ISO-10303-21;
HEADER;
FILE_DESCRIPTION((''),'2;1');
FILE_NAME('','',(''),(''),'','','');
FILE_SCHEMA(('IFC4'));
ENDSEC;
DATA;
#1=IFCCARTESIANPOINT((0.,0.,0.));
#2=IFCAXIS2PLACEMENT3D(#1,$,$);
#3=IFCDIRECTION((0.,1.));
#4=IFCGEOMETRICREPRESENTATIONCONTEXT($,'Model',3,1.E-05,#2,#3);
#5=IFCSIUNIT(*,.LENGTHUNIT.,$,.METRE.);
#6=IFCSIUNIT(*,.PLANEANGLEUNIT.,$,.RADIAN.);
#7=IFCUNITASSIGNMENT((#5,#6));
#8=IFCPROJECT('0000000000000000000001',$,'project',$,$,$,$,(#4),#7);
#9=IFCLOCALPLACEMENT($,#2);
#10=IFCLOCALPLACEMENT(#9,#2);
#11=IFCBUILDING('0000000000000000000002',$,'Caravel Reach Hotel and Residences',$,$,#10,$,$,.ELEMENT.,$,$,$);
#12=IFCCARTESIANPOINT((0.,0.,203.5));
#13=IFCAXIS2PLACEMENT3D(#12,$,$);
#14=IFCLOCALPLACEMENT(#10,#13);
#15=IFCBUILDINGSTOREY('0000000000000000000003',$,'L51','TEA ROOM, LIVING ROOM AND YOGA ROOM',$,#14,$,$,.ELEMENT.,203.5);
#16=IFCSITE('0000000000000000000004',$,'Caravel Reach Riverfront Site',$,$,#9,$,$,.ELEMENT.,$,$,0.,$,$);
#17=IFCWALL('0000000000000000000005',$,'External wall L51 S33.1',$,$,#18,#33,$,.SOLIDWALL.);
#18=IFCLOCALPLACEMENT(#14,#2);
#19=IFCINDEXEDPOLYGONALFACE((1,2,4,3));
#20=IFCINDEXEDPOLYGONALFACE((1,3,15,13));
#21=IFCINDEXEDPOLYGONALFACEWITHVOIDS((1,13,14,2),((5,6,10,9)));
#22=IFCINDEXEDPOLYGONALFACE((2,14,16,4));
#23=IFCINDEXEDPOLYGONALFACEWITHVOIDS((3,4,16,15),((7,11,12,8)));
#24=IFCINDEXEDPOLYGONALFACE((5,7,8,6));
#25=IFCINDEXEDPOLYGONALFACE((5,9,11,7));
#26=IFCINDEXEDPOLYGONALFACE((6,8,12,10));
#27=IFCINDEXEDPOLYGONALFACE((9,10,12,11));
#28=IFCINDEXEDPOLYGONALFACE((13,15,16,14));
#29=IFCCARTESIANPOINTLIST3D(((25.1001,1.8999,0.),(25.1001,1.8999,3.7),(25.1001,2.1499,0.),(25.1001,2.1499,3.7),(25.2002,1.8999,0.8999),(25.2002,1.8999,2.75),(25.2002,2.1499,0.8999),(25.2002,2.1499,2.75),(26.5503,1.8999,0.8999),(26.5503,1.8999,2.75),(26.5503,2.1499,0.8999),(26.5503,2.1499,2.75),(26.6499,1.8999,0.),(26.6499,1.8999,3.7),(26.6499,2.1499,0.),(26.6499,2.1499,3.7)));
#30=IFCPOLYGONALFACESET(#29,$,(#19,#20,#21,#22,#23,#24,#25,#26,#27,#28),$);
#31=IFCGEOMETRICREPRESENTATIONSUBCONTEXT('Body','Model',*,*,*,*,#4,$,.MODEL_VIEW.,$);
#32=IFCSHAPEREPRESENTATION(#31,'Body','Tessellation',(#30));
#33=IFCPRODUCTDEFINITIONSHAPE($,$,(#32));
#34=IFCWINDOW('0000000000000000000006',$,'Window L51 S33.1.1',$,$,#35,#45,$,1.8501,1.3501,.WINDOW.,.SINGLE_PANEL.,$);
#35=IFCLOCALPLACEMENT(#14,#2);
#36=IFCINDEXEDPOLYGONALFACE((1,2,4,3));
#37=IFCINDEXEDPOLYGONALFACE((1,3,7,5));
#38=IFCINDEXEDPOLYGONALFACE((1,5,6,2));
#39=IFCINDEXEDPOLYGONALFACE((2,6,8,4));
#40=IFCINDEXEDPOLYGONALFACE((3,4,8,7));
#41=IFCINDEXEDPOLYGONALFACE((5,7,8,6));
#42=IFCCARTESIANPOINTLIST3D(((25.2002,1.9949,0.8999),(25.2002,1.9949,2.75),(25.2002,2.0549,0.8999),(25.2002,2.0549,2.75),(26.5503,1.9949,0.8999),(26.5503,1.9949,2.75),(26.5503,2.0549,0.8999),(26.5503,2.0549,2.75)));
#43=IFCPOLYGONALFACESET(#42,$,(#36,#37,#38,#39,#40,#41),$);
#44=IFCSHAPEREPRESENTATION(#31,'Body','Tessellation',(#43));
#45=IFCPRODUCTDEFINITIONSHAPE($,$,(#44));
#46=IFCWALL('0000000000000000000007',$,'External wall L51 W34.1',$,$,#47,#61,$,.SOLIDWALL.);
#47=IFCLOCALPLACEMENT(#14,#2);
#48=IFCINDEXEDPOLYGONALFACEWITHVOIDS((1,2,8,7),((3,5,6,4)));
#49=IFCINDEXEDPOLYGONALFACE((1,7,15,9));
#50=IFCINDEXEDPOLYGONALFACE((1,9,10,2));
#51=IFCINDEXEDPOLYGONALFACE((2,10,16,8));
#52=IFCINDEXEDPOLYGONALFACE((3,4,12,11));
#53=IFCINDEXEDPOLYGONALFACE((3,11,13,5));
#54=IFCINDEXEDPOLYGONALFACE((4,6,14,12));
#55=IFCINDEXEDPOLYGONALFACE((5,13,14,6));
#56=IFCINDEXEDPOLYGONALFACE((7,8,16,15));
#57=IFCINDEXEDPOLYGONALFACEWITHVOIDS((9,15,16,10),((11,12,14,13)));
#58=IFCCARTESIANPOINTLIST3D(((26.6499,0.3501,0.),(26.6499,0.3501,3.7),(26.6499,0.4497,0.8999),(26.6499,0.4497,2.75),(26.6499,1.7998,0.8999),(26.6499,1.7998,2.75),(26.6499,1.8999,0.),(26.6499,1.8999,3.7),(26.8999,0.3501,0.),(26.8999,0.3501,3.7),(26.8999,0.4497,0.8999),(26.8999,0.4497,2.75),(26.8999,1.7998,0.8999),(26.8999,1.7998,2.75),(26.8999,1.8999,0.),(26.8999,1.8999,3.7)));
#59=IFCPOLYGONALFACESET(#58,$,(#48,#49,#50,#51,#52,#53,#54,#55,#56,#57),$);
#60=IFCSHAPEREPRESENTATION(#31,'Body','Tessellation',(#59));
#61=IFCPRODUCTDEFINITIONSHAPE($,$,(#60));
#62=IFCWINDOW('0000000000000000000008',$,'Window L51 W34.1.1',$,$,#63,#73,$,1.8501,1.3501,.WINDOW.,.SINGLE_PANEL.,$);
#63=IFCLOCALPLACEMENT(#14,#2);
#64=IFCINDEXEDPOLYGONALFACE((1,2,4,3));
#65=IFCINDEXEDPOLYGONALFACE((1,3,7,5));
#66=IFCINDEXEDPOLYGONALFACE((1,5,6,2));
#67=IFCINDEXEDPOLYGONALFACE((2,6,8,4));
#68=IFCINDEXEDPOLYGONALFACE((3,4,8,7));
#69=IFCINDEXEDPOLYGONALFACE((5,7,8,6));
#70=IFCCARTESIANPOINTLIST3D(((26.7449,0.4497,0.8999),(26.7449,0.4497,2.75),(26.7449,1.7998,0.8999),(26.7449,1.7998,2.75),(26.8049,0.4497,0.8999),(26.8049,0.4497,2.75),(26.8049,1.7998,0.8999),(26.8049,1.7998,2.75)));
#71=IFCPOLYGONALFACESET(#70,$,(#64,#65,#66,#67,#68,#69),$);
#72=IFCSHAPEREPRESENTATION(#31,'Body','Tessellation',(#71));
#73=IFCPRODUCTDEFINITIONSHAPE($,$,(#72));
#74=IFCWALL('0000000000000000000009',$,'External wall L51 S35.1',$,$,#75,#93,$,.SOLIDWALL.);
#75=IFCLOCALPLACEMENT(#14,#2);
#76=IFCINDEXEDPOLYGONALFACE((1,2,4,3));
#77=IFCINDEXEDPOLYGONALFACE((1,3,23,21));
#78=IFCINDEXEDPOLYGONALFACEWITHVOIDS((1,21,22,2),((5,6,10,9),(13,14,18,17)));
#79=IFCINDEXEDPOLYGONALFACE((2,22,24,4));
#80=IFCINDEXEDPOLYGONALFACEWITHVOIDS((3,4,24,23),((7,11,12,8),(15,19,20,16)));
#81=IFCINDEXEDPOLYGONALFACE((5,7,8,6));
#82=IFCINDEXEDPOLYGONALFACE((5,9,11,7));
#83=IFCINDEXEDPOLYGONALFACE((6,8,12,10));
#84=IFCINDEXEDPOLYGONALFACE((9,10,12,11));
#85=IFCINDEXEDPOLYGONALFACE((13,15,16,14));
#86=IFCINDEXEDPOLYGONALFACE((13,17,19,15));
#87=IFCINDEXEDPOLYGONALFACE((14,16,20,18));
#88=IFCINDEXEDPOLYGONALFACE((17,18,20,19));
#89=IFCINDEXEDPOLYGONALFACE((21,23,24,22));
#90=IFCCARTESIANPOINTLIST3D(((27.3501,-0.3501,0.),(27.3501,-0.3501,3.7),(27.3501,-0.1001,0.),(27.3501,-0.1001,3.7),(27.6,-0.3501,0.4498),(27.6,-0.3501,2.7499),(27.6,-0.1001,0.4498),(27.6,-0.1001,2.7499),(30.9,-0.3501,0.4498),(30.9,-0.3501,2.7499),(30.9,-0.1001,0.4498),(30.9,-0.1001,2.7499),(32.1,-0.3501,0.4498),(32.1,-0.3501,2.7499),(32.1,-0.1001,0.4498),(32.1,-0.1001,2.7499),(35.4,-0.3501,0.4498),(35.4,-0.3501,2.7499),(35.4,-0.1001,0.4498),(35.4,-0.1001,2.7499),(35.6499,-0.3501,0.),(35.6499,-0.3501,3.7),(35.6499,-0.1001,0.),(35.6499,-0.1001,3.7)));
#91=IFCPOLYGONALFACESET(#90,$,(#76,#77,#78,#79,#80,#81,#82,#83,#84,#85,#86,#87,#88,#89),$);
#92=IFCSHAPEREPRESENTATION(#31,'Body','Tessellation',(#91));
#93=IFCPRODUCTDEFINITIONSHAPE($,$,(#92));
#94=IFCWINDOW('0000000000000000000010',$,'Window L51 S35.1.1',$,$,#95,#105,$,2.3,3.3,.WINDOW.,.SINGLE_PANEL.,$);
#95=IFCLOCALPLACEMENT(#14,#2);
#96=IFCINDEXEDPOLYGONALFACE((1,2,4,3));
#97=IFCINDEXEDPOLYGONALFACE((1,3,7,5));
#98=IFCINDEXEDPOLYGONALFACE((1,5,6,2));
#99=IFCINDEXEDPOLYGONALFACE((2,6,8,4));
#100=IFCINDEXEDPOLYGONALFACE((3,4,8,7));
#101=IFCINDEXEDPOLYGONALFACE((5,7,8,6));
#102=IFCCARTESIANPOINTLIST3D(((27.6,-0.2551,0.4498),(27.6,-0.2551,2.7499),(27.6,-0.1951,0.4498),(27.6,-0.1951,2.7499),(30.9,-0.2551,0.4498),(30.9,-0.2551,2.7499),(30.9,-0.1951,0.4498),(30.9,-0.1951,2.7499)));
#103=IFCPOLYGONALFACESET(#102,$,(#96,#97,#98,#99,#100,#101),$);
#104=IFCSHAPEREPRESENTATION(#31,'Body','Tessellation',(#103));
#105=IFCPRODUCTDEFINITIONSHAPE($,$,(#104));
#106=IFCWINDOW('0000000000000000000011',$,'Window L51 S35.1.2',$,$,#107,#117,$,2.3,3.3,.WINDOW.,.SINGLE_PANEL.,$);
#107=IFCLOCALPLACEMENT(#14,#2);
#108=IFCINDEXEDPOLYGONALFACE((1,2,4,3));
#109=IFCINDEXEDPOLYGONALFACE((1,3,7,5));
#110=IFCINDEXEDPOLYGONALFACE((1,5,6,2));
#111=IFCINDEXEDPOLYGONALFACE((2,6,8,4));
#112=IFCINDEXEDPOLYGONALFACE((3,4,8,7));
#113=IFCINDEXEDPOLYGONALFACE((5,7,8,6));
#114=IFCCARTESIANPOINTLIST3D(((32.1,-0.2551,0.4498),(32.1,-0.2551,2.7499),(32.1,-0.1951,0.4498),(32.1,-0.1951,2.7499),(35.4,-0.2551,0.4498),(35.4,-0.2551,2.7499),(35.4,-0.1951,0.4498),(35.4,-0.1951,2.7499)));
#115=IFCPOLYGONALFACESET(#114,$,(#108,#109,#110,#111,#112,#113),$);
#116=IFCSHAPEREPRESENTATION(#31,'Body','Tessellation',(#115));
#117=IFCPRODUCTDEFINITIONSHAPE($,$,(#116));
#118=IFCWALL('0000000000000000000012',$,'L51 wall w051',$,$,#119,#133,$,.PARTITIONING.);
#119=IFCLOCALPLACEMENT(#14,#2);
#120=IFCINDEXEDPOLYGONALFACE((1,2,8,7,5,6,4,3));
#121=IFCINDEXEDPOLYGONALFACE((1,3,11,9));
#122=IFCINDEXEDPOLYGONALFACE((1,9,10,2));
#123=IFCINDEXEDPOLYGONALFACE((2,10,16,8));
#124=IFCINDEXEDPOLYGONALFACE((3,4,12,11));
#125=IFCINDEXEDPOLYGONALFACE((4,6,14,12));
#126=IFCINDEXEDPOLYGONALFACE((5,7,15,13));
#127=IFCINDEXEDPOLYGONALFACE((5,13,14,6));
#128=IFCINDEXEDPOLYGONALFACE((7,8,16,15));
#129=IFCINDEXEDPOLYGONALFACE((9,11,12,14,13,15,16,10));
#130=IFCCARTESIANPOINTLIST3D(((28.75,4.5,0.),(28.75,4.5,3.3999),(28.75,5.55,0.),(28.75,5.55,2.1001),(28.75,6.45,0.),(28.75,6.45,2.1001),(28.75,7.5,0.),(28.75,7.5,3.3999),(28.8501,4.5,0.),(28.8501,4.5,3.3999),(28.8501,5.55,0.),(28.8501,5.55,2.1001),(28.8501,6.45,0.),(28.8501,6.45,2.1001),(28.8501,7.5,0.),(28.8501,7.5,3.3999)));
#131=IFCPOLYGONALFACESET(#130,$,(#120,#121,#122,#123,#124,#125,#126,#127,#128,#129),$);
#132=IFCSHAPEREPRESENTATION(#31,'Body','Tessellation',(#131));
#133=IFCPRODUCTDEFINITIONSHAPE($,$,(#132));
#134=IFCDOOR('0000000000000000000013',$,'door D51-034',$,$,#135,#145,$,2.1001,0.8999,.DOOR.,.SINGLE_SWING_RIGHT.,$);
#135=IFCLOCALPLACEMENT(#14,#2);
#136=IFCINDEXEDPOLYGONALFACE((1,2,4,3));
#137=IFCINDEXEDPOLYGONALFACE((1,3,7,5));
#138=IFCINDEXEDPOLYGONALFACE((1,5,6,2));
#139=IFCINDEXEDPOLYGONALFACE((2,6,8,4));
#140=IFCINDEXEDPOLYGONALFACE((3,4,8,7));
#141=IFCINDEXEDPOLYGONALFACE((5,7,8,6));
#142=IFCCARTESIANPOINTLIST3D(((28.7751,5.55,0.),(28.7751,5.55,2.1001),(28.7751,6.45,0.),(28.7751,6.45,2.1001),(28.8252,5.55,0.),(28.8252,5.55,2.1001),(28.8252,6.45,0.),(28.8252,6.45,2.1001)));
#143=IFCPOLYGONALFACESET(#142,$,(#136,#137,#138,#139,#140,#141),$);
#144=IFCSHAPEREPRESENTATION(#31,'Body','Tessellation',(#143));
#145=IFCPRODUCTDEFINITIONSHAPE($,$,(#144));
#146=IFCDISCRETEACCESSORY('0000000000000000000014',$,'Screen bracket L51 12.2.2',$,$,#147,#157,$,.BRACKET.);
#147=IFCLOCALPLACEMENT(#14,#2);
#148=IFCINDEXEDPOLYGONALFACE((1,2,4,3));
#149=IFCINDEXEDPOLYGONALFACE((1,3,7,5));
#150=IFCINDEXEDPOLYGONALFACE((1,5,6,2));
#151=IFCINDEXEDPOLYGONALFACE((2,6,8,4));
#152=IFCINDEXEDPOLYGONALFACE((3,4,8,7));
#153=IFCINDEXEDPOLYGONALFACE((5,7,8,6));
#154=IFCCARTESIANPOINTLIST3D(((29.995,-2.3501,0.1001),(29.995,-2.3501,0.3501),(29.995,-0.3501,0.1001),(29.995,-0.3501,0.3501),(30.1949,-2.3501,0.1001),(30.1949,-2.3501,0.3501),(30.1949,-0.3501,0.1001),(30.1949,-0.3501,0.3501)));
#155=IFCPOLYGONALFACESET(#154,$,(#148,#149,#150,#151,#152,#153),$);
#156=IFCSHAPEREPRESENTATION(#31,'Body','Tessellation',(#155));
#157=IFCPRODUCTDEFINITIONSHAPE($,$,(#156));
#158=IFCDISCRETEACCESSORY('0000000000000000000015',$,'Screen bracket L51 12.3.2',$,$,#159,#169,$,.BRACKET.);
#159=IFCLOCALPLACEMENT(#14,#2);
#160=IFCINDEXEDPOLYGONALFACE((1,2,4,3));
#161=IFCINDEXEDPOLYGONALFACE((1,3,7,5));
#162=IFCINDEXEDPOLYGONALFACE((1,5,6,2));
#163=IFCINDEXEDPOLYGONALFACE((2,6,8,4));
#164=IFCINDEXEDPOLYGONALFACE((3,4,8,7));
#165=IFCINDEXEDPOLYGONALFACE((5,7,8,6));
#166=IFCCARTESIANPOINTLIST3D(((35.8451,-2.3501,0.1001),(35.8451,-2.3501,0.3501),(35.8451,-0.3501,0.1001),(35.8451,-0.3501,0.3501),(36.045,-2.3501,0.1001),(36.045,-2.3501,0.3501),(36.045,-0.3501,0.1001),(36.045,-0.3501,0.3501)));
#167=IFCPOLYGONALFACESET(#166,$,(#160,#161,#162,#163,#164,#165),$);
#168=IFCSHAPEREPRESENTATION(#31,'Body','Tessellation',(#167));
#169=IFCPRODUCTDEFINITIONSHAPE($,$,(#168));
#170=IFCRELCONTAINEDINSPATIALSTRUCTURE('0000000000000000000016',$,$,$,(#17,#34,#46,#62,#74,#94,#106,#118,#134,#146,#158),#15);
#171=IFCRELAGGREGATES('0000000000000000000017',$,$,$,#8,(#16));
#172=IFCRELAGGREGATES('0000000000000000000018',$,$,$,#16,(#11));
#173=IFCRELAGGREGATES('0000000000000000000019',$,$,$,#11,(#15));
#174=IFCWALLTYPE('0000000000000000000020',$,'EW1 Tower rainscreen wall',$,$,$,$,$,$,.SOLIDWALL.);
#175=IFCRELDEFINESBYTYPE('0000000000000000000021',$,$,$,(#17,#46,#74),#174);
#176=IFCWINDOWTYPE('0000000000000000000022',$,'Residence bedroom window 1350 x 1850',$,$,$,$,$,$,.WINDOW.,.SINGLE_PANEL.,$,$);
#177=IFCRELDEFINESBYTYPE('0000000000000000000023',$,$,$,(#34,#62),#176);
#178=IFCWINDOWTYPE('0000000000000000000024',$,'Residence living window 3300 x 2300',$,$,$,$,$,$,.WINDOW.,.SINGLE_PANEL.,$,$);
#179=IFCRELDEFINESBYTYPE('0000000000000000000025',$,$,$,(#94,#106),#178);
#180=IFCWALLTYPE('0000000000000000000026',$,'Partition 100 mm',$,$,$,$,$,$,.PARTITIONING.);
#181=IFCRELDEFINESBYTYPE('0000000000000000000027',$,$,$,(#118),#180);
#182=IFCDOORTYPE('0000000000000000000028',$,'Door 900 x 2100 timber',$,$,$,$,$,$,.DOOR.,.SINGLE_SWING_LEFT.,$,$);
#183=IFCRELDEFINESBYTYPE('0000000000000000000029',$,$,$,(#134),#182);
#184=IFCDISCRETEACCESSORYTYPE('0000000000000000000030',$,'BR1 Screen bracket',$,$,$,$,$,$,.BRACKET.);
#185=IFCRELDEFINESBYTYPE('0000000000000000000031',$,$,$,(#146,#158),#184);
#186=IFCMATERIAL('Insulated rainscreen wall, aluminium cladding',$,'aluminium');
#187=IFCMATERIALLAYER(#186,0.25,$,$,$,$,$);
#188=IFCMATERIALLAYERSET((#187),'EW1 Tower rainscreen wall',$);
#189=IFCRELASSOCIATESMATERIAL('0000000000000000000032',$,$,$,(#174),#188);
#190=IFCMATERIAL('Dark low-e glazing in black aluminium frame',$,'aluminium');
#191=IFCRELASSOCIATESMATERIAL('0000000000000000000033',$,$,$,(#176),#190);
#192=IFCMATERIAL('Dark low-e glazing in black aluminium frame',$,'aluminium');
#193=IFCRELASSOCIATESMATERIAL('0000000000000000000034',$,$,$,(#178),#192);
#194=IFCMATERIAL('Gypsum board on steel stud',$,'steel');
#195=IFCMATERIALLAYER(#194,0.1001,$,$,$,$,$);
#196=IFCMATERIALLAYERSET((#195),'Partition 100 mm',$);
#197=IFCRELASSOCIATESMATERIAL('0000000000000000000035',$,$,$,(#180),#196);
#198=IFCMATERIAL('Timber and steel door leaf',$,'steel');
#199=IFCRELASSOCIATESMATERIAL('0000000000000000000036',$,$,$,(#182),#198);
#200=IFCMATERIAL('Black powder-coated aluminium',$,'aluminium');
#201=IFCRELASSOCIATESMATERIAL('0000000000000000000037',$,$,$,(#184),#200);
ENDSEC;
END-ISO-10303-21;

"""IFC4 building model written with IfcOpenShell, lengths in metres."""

from ifc_helpers import new_model, si_unit, direction, frame, frame_2d, origin, origin_2d, place, context, subcontext, project, spatial, rectangle, extrude, material, layer, layer_set, type_object, element, fill, save


model = new_model("IFC4")

# Units and contexts
model_context = context("Model", 3, precision=1e-05, world=origin(), true_north=direction((0.0, 1.0)))
body_context = subcontext(model_context, "Body", "Model", "MODEL_VIEW")
ifc_project = project(units=[si_unit("LENGTHUNIT", "METRE"), si_unit("PLANEANGLEUNIT", "RADIAN")], contexts=[model_context])

# Site, building, storey
site_placement = place(None, origin())
site = spatial("IfcSite", under=ifc_project, at=site_placement, Name="Caravel Reach Riverfront Site", CompositionType="ELEMENT", RefElevation=0.0)
building_placement = place(site_placement, origin())
building = spatial("IfcBuilding", under=site, at=building_placement, Name="Caravel Reach Hotel and Residences", CompositionType="ELEMENT")
storey_placement = place(building_placement, frame((0.0, 0.0, 203.5)))
storey = spatial("IfcBuildingStorey", under=building, at=storey_placement, Name="L51", Description="TEA ROOM, LIVING ROOM AND YOGA ROOM", CompositionType="ELEMENT", Elevation=203.5)

# Walls, openings, windows
ifc_material_1 = material(Name="Insulated rainscreen wall, aluminium cladding", Category="aluminium")
ifc_layer_1 = layer(ifc_material_1, 0.25)
ifc_layer_set_1 = layer_set([ifc_layer_1], Name="EW1 Tower rainscreen wall")
wall_type_1 = type_object("IfcWallType", Name="EW1 Tower rainscreen wall", PredefinedType="SOLIDWALL", material=ifc_layer_set_1)
wall_1_placement = place(storey_placement, frame((25.1001, 2.0249, 0.0), z_axis=(0.0, 0.0, 1.0), x_axis=(1.0, 0.0, 0.0)))
wall_1 = element("IfcWall", 1, at=wall_1_placement, inside=storey, type_object=wall_type_1, Name="External wall L51 S33.1", PredefinedType="SOLIDWALL", context=body_context, shape_type="SweptSolid", body=[
    extrude(rectangle(XDim=1.5498, YDim=0.25, at=frame_2d((0.7749, 0.0))), origin(), (0.0, 0.0, 1.0), 3.7),
])
opening_1_placement = place(wall_1_placement, frame((0.1001, 0.0, 0.8999)))
opening_1 = element("IfcOpeningElement", 2, at=opening_1_placement, cuts=wall_1, PredefinedType="OPENING", context=body_context, shape_type="SweptSolid", body=[
    extrude(rectangle(XDim=1.3501, YDim=1.8501, at=frame_2d((0.675, 0.925))), frame((0.0, 0.135, 0.0), z_axis=(0.0, -1.0, 0.0), x_axis=(1.0, 0.0, 0.0)), (0.0, 0.0, 1.0), 0.27),
])
ifc_material_2 = material(Name="Dark low-e glazing in black aluminium frame", Category="aluminium")
window_type_1 = type_object("IfcWindowType", Name="Residence bedroom window 1350 x 1850", PartitioningType="SINGLE_PANEL", PredefinedType="WINDOW", material=ifc_material_2)
window_1_placement = place(opening_1_placement, origin())
window_1 = element("IfcWindow", 3, at=window_1_placement, inside=storey, type_object=window_type_1, Name="Window L51 S33.1.1", OverallHeight=1.8501, OverallWidth=1.3501, PartitioningType="SINGLE_PANEL", PredefinedType="WINDOW", context=body_context, shape_type="SweptSolid", body=[
    extrude(rectangle(XDim=1.3501, YDim=1.8501, at=frame_2d((0.675, 0.925))), frame((0.0, 0.03, 0.0), z_axis=(0.0, -1.0, 0.0), x_axis=(1.0, 0.0, 0.0)), (0.0, 0.0, 1.0), 0.0601),
])
fill(opening_1, window_1)
wall_2_placement = place(storey_placement, frame((26.7749, 1.8999, 0.0), z_axis=(0.0, 0.0, 1.0), x_axis=(0.0, -1.0, 0.0)))
wall_2 = element("IfcWall", 4, at=wall_2_placement, inside=storey, type_object=wall_type_1, Name="External wall L51 W34.1", PredefinedType="SOLIDWALL", context=body_context, shape_type="SweptSolid", body=[
    extrude(rectangle(XDim=1.5498, YDim=0.25, at=frame_2d((0.7749, 0.0))), origin(), (0.0, 0.0, 1.0), 3.7),
])
opening_2_placement = place(wall_2_placement, frame((0.1001, 0.0, 0.8999)))
opening_2 = element("IfcOpeningElement", 5, at=opening_2_placement, cuts=wall_2, PredefinedType="OPENING", context=body_context, shape_type="SweptSolid", body=[
    extrude(rectangle(XDim=1.3501, YDim=1.8501, at=frame_2d((0.675, 0.925))), frame((0.0, 0.135, 0.0), z_axis=(0.0, -1.0, 0.0), x_axis=(1.0, 0.0, 0.0)), (0.0, 0.0, 1.0), 0.27),
])
window_2_placement = place(opening_2_placement, origin())
window_2 = element("IfcWindow", 6, at=window_2_placement, inside=storey, type_object=window_type_1, Name="Window L51 W34.1.1", OverallHeight=1.8501, OverallWidth=1.3501, PartitioningType="SINGLE_PANEL", PredefinedType="WINDOW", context=body_context, shape_type="SweptSolid", body=[
    extrude(rectangle(XDim=1.3501, YDim=1.8501, at=frame_2d((0.675, 0.925))), frame((0.0, 0.03, 0.0), z_axis=(0.0, -1.0, 0.0), x_axis=(1.0, 0.0, 0.0)), (0.0, 0.0, 1.0), 0.0601),
])
fill(opening_2, window_2)

# Wall, openings, windows
wall_3_placement = place(storey_placement, frame((27.3501, -0.2251, 0.0), z_axis=(0.0, 0.0, 1.0), x_axis=(1.0, 0.0, 0.0)))
wall_3 = element("IfcWall", 7, at=wall_3_placement, inside=storey, type_object=wall_type_1, Name="External wall L51 S35.1", PredefinedType="SOLIDWALL", context=body_context, shape_type="SweptSolid", body=[
    extrude(rectangle(XDim=8.2998, YDim=0.25, at=frame_2d((4.1499, 0.0))), origin(), (0.0, 0.0, 1.0), 3.7),
])
opening_3_placement = place(wall_3_placement, frame((0.25, 0.0, 0.45)))
opening_3 = element("IfcOpeningElement", 8, at=opening_3_placement, cuts=wall_3, PredefinedType="OPENING", context=body_context, shape_type="SweptSolid", body=[
    extrude(rectangle(XDim=3.3, YDim=2.3, at=frame_2d((1.6499, 1.1499))), frame((0.0, 0.135, 0.0), z_axis=(0.0, -1.0, 0.0), x_axis=(1.0, 0.0, 0.0)), (0.0, 0.0, 1.0), 0.27),
])
opening_4_placement = place(wall_3_placement, frame((4.75, 0.0, 0.45)))
opening_4 = element("IfcOpeningElement", 9, at=opening_4_placement, cuts=wall_3, PredefinedType="OPENING", context=body_context, shape_type="SweptSolid", body=[
    extrude(rectangle(XDim=3.3, YDim=2.3, at=frame_2d((1.6499, 1.1499))), frame((0.0, 0.135, 0.0), z_axis=(0.0, -1.0, 0.0), x_axis=(1.0, 0.0, 0.0)), (0.0, 0.0, 1.0), 0.27),
])
ifc_material_3 = material(Name="Dark low-e glazing in black aluminium frame", Category="aluminium")
window_type_2 = type_object("IfcWindowType", Name="Residence living window 3300 x 2300", PartitioningType="SINGLE_PANEL", PredefinedType="WINDOW", material=ifc_material_3)
window_3_placement = place(opening_3_placement, origin())
window_3 = element("IfcWindow", 10, at=window_3_placement, inside=storey, type_object=window_type_2, Name="Window L51 S35.1.1", OverallHeight=2.3, OverallWidth=3.3, PartitioningType="SINGLE_PANEL", PredefinedType="WINDOW", context=body_context, shape_type="SweptSolid", body=[
    extrude(rectangle(XDim=3.3, YDim=2.3, at=frame_2d((1.6499, 1.1499))), frame((0.0, 0.03, 0.0), z_axis=(0.0, -1.0, 0.0), x_axis=(1.0, 0.0, 0.0)), (0.0, 0.0, 1.0), 0.0601),
])
fill(opening_3, window_3)
window_4_placement = place(opening_4_placement, origin())
window_4 = element("IfcWindow", 11, at=window_4_placement, inside=storey, type_object=window_type_2, Name="Window L51 S35.1.2", OverallHeight=2.3, OverallWidth=3.3, PartitioningType="SINGLE_PANEL", PredefinedType="WINDOW", context=body_context, shape_type="SweptSolid", body=[
    extrude(rectangle(XDim=3.3, YDim=2.3, at=frame_2d((1.6499, 1.1499))), frame((0.0, 0.03, 0.0), z_axis=(0.0, -1.0, 0.0), x_axis=(1.0, 0.0, 0.0)), (0.0, 0.0, 1.0), 0.0601),
])
fill(opening_4, window_4)

# Wall, opening, door
ifc_material_4 = material(Name="Gypsum board on steel stud", Category="steel")
ifc_layer_2 = layer(ifc_material_4, 0.1001)
ifc_layer_set_2 = layer_set([ifc_layer_2], Name="Partition 100 mm")
wall_type_2 = type_object("IfcWallType", Name="Partition 100 mm", PredefinedType="PARTITIONING", material=ifc_layer_set_2)
wall_4_placement = place(storey_placement, frame((28.8, 4.5, 0.0), z_axis=(0.0, 0.0, 1.0), x_axis=(0.0, 1.0, 0.0)))
wall_4 = element("IfcWall", 12, at=wall_4_placement, inside=storey, type_object=wall_type_2, Name="L51 wall w051", PredefinedType="PARTITIONING", context=body_context, shape_type="SweptSolid", body=[
    extrude(rectangle(XDim=3.0, YDim=0.1001, at=frame_2d((1.5, 0.0))), origin(), (0.0, 0.0, 1.0), 3.3999),
])
opening_5_placement = place(wall_4_placement, frame((1.05, 0.0, 0.0)))
opening_5 = element("IfcOpeningElement", 13, at=opening_5_placement, cuts=wall_4, PredefinedType="OPENING", context=body_context, shape_type="SweptSolid", body=[
    extrude(rectangle(XDim=0.8999, YDim=2.1001, at=frame_2d((0.45, 1.05))), frame((0.0, 0.0601, 0.0), z_axis=(0.0, -1.0, 0.0), x_axis=(1.0, 0.0, 0.0)), (0.0, 0.0, 1.0), 0.1201),
])
ifc_material_5 = material(Name="Timber and steel door leaf", Category="steel")
door_type_1 = type_object("IfcDoorType", Name="Door 900 x 2100 timber", OperationType="SINGLE_SWING_LEFT", PredefinedType="DOOR", material=ifc_material_5)
door_1_placement = place(opening_5_placement, origin())
door_1 = element("IfcDoor", 14, at=door_1_placement, inside=storey, type_object=door_type_1, Name="door D51-034", OperationType="SINGLE_SWING_RIGHT", OverallHeight=2.1001, OverallWidth=0.8999, PredefinedType="DOOR", context=body_context, shape_type="SweptSolid", body=[
    extrude(rectangle(XDim=0.8999, YDim=2.1001, at=frame_2d((0.45, 1.05))), frame((0.0, 0.0249, 0.0), z_axis=(0.0, -1.0, 0.0), x_axis=(1.0, 0.0, 0.0)), (0.0, 0.0, 1.0), 0.05),
])
fill(opening_5, door_1)

# Discrete accessories
ifc_material_6 = material(Name="Black powder-coated aluminium", Category="aluminium")
discrete_accessory_type = type_object("IfcDiscreteAccessoryType", Name="BR1 Screen bracket", PredefinedType="BRACKET", material=ifc_material_6)
for number, where, z_axis, x_axis, name in (
    (15, (30.095, -1.3501, 0.1001), (0.0, 0.0, 1.0), (0.0, -1.0, 0.0), "Screen bracket L51 12.2.2"),
    (16, (35.9451, -1.3501, 0.1001), (0.0, 0.0, 1.0), (0.0, -1.0, 0.0), "Screen bracket L51 12.3.2"),
):
    element("IfcDiscreteAccessory", number, at=place(storey_placement, frame(where, z_axis=z_axis, x_axis=x_axis)), inside=storey, type_object=discrete_accessory_type, Name=name, PredefinedType="BRACKET", context=body_context, shape_type="SweptSolid", body=[
        extrude(rectangle(XDim=2.0, YDim=0.2, at=origin_2d()), origin(), (0.0, 0.0, 1.0), 0.25),
    ])

save(model, "model.ifc")
